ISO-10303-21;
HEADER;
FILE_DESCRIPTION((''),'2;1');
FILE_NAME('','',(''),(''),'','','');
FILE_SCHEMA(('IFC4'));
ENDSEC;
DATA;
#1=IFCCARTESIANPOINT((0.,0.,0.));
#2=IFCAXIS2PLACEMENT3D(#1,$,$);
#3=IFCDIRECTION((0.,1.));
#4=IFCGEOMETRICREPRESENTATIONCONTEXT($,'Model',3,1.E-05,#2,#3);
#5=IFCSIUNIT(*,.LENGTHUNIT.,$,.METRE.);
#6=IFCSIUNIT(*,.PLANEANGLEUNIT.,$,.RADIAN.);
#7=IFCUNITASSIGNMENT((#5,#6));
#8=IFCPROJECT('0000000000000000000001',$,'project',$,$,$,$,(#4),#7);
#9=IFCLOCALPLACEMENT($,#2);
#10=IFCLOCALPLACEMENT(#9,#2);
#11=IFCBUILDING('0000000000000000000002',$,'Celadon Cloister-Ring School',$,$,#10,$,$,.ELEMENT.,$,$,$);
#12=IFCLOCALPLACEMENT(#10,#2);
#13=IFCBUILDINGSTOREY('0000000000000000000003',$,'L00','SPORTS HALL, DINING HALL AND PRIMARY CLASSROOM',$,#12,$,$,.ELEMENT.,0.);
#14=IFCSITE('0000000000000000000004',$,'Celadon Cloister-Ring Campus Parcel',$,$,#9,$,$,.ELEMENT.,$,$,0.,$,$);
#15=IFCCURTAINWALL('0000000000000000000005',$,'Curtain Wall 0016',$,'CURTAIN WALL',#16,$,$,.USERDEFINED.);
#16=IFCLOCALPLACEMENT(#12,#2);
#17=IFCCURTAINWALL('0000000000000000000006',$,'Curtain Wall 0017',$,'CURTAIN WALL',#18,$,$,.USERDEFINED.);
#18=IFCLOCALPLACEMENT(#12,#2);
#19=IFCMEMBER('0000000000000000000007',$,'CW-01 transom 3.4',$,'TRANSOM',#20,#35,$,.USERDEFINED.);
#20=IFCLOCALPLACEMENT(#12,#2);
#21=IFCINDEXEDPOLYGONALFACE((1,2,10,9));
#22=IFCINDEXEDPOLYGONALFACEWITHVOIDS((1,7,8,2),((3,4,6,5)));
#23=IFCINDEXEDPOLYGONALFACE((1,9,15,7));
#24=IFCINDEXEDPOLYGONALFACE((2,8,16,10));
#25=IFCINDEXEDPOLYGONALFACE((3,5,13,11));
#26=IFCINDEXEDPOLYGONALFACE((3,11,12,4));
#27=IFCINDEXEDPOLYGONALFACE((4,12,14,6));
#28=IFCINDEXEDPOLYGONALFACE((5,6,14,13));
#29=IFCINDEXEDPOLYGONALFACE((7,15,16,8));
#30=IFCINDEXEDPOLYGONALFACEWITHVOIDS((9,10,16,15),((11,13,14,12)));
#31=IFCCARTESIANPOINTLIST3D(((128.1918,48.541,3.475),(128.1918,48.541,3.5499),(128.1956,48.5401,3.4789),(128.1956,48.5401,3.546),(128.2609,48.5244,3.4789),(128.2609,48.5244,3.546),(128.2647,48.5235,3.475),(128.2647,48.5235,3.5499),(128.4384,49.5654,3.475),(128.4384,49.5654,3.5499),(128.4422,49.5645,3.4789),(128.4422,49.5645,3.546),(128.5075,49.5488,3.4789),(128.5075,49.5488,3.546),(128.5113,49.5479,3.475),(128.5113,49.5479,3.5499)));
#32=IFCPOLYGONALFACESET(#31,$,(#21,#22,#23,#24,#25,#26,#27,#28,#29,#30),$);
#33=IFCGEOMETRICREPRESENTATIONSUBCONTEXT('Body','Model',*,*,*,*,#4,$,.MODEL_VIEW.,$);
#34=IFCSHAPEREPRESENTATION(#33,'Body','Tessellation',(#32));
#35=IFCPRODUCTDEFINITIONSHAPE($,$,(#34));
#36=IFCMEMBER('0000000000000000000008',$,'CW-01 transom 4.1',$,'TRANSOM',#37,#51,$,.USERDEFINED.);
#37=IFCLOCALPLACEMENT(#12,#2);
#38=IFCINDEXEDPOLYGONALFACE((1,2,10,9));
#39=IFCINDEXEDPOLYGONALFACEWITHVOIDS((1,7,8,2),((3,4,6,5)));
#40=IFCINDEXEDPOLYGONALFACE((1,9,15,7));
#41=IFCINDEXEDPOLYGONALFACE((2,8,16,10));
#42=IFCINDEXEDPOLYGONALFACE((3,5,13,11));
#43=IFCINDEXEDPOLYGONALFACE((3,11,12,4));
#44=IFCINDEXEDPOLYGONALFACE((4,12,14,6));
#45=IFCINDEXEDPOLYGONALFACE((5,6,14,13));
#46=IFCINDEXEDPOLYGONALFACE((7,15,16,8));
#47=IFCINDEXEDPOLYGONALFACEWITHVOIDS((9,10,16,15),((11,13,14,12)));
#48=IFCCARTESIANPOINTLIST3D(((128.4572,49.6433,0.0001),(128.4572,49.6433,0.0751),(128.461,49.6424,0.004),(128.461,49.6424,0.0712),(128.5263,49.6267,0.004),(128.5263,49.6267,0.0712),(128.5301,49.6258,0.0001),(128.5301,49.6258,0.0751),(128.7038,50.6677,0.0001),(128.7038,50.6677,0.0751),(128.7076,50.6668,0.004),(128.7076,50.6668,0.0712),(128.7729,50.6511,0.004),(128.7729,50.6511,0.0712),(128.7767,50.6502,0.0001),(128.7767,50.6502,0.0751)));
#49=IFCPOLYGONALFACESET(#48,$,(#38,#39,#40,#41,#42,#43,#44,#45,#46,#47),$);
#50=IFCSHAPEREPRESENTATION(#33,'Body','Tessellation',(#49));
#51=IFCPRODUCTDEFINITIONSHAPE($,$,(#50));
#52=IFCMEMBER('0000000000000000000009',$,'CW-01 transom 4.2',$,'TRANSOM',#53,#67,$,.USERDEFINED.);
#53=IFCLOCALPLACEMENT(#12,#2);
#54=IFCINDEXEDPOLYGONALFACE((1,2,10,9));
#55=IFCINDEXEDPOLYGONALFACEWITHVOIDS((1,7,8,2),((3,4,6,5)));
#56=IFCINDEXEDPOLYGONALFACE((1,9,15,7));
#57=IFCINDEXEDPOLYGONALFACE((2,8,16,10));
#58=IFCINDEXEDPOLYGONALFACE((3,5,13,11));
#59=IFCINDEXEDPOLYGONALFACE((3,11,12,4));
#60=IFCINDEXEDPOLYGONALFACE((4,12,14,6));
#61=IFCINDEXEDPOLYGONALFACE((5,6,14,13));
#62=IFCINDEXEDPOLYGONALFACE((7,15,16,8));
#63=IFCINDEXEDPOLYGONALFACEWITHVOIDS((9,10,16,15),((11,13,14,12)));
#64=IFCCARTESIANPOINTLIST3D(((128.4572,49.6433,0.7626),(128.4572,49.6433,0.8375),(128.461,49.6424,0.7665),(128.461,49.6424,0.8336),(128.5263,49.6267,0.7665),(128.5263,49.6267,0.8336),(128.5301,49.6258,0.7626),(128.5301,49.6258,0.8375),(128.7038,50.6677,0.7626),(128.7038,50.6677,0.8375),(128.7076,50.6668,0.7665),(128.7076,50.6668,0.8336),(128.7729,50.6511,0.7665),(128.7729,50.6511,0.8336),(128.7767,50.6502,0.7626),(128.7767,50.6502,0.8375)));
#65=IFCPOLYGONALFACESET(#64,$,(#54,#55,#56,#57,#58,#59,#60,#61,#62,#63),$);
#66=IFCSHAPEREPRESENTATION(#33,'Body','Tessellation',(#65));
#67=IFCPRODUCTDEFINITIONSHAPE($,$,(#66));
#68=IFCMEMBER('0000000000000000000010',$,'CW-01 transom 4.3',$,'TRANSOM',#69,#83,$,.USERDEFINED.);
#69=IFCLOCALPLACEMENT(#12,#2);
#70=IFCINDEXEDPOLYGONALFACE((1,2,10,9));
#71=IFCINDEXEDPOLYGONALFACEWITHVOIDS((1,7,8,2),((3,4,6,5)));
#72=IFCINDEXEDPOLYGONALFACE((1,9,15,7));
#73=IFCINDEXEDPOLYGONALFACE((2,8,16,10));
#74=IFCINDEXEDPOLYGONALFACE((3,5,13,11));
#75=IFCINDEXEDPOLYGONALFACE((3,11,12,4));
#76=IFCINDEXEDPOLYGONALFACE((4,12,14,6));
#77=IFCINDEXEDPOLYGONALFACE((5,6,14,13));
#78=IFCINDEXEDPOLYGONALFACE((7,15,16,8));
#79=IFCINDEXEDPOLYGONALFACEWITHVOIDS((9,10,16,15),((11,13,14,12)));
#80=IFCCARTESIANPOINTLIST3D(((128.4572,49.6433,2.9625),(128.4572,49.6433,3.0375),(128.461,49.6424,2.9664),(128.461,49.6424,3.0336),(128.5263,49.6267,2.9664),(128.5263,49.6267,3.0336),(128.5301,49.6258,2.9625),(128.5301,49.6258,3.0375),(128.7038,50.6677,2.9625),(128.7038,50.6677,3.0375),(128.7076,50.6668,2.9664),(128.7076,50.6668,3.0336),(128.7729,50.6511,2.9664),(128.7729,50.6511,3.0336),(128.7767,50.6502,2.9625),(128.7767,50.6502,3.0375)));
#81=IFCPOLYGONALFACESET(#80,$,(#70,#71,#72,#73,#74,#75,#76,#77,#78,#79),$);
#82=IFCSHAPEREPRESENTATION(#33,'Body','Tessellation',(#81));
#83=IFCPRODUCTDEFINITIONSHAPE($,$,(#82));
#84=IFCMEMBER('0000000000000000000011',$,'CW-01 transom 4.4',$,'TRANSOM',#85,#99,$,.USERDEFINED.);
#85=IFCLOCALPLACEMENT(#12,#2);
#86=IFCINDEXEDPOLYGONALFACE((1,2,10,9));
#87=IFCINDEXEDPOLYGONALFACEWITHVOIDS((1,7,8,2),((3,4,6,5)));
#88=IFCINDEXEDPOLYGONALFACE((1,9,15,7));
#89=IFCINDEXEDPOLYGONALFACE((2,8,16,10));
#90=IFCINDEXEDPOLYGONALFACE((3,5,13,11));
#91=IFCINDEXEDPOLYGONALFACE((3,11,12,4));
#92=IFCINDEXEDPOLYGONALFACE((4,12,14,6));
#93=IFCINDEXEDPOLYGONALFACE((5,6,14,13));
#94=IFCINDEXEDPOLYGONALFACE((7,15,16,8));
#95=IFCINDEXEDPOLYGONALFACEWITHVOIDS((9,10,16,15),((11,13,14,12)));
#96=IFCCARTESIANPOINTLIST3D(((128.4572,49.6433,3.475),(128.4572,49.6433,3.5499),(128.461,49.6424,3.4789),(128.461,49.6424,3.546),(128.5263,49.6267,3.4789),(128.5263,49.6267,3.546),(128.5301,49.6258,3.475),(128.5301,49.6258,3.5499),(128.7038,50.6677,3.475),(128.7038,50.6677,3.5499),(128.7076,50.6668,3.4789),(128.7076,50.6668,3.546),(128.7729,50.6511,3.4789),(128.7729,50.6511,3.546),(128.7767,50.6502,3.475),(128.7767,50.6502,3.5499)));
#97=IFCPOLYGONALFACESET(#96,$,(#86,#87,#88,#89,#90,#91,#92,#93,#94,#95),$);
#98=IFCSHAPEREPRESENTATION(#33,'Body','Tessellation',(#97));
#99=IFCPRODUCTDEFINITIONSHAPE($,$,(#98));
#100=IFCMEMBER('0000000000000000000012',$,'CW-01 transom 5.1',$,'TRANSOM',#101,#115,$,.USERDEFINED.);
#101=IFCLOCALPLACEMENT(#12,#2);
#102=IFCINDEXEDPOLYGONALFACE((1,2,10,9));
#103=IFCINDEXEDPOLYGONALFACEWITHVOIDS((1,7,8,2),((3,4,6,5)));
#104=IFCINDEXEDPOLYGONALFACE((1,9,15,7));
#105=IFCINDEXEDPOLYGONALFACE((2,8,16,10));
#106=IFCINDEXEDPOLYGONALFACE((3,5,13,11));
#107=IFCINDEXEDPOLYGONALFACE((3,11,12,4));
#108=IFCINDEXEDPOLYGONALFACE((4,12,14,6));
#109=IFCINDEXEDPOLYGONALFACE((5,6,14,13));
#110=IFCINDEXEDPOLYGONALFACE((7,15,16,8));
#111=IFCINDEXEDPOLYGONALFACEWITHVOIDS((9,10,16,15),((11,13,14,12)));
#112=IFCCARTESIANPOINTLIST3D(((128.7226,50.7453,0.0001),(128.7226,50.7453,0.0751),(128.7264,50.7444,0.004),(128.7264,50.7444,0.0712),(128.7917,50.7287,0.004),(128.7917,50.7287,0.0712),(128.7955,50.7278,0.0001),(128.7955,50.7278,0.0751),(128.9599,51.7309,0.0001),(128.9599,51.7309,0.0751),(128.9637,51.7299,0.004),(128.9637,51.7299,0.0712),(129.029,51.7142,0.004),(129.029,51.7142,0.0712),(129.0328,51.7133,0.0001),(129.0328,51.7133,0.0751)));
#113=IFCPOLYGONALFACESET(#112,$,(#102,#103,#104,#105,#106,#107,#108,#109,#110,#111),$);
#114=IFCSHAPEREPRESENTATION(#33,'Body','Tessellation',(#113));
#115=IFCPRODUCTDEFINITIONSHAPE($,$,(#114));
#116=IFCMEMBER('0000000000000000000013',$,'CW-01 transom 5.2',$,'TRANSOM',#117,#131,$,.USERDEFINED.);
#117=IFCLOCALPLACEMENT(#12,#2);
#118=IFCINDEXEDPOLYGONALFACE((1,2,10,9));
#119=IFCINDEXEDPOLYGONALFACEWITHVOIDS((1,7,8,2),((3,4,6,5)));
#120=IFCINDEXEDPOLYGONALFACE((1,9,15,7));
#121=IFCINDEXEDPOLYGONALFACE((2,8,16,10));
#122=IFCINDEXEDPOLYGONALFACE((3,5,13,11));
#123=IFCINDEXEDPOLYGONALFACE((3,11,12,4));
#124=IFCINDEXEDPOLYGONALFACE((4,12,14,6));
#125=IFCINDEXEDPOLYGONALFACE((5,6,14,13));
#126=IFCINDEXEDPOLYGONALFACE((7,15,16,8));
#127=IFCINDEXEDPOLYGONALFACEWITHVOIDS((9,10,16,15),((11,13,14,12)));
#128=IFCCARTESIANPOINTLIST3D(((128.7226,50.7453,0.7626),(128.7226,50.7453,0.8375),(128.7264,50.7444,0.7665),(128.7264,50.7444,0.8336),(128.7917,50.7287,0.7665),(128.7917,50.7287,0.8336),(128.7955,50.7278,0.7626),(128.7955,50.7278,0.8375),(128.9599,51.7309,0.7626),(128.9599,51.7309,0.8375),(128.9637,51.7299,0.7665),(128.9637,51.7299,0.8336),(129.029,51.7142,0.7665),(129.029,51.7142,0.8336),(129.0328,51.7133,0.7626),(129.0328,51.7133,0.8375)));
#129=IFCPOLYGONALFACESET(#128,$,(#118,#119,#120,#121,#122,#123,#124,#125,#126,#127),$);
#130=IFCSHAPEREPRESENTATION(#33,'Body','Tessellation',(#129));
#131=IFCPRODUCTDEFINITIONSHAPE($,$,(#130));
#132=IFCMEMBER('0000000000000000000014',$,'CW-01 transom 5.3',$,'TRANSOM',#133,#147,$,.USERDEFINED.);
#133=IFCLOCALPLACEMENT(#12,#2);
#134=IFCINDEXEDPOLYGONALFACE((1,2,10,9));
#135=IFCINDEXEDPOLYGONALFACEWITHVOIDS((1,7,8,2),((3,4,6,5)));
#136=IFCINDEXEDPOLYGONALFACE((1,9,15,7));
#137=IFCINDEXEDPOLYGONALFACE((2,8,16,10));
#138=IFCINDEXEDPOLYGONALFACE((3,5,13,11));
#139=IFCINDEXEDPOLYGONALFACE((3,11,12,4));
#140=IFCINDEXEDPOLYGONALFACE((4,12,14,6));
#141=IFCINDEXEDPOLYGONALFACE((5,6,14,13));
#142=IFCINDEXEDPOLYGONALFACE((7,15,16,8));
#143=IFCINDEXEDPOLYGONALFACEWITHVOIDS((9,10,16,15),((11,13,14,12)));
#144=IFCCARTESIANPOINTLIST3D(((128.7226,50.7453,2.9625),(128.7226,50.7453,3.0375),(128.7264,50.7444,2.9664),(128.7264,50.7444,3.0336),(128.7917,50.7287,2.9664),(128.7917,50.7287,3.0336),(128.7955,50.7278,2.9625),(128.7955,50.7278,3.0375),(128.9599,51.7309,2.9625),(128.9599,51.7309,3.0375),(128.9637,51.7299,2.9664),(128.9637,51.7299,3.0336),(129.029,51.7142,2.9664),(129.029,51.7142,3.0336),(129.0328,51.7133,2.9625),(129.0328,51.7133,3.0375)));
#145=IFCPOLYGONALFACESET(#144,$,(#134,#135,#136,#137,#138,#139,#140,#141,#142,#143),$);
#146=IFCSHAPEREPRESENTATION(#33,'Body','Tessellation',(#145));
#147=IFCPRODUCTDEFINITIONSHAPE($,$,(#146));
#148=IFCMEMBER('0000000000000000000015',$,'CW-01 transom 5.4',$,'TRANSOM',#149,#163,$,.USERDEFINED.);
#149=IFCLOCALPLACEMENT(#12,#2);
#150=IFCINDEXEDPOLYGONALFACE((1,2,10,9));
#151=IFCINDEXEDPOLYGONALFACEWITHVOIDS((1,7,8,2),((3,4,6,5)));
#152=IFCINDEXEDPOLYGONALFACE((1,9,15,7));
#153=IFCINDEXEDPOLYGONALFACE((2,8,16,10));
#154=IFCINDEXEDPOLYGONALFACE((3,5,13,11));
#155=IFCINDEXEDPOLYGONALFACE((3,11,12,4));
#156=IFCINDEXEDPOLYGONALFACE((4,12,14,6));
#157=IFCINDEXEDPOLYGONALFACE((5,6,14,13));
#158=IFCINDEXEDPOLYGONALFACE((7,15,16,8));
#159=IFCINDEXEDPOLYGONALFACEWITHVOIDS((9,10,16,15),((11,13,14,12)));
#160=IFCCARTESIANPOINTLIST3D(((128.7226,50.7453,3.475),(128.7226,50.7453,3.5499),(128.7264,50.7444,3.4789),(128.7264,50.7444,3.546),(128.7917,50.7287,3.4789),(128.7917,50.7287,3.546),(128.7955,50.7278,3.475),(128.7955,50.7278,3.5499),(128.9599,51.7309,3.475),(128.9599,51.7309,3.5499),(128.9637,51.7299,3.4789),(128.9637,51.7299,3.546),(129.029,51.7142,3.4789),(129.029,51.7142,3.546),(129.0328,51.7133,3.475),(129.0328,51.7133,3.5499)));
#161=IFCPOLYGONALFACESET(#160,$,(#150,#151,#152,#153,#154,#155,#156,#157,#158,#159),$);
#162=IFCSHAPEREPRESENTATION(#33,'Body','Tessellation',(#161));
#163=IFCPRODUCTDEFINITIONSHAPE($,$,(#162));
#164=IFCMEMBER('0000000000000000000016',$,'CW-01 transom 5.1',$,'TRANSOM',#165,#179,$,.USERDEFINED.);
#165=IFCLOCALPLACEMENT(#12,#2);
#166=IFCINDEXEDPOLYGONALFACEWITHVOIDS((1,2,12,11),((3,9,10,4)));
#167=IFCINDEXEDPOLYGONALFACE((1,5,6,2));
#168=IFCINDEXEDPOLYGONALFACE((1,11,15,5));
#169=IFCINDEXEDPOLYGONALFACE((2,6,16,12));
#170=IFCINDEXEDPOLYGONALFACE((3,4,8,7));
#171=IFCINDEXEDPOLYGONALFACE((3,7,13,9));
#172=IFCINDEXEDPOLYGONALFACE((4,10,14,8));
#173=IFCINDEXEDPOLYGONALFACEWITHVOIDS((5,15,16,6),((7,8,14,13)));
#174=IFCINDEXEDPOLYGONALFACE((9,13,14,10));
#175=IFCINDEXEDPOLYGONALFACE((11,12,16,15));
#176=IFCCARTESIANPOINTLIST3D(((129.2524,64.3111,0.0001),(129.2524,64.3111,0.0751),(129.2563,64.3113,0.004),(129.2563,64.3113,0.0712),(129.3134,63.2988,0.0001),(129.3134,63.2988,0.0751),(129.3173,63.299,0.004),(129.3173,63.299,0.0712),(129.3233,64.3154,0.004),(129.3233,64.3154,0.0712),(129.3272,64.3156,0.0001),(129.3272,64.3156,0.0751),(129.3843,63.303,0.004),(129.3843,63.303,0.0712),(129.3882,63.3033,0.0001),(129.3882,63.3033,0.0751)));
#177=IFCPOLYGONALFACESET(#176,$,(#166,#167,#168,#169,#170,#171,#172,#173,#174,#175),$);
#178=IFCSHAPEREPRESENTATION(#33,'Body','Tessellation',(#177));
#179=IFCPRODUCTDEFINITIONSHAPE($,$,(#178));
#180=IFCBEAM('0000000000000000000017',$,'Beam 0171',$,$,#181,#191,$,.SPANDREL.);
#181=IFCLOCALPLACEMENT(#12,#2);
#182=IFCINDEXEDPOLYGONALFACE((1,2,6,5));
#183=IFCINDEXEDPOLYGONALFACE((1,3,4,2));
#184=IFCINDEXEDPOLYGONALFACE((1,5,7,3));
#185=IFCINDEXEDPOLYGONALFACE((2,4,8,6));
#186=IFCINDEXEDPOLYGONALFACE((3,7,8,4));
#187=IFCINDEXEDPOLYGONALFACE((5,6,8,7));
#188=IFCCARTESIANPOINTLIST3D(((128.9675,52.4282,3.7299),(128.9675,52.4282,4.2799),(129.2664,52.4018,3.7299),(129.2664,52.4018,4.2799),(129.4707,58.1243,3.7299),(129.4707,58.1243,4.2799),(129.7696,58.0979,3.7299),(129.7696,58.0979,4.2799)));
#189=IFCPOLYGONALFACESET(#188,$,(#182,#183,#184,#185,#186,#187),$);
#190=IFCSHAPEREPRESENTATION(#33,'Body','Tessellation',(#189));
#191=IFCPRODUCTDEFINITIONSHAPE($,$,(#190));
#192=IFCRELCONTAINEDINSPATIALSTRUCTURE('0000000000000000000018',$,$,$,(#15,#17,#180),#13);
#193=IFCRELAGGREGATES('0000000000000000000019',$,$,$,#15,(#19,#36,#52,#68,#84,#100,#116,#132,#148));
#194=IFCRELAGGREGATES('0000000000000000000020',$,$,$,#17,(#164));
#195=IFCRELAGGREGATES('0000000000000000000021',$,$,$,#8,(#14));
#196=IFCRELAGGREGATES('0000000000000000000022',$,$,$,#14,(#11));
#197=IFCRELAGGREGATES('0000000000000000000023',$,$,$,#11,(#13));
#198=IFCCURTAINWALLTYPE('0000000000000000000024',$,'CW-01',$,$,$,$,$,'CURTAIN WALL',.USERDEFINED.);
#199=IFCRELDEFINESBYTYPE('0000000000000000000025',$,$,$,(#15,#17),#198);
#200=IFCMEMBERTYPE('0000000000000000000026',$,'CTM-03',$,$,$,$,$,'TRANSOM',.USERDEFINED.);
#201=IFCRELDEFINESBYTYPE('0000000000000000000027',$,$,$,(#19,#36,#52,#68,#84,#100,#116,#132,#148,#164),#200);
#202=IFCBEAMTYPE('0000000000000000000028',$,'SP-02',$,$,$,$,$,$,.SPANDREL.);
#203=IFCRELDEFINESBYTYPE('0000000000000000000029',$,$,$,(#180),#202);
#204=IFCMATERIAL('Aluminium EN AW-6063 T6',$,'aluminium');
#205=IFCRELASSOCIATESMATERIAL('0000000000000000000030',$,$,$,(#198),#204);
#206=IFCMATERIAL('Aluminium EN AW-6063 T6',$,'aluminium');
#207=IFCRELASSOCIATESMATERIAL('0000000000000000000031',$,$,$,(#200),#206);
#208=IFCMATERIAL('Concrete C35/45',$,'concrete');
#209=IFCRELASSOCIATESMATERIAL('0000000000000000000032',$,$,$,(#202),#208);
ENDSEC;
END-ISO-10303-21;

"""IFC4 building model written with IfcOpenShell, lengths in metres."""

from ifc_helpers import new_model, si_unit, direction, frame, origin, origin_2d, place, context, subcontext, project, spatial, rectangle, hollow_rectangle, extrude, material, material_profile, profile_set, type_object, element, aggregate, save


model = new_model("IFC4")

# Units and contexts
model_context = context("Model", 3, precision=1e-05, world=origin(), true_north=direction((0.0, 1.0)))
body_context = subcontext(model_context, "Body", "Model", "MODEL_VIEW")
ifc_project = project(units=[si_unit("LENGTHUNIT", "METRE"), si_unit("PLANEANGLEUNIT", "RADIAN")], contexts=[model_context])

# Site, building, storey
site_placement = place(None, origin())
site = spatial("IfcSite", under=ifc_project, at=site_placement, Name="Celadon Cloister-Ring Campus Parcel", CompositionType="ELEMENT", RefElevation=0.0)
building_placement = place(site_placement, origin())
building = spatial("IfcBuilding", under=site, at=building_placement, Name="Celadon Cloister-Ring School", CompositionType="ELEMENT")
storey_placement = place(building_placement, origin())
storey = spatial("IfcBuildingStorey", under=building, at=storey_placement, Name="L00", Description="SPORTS HALL, DINING HALL AND PRIMARY CLASSROOM", CompositionType="ELEMENT", Elevation=0.0)

# Curtain wall
ifc_material_1 = material(Name="Aluminium EN AW-6063 T6", Category="aluminium")
curtain_wall_type = type_object("IfcCurtainWallType", Name="CW-01", ElementType="CURTAIN WALL", PredefinedType="USERDEFINED", material=ifc_material_1)
curtain_wall_1_placement = place(storey_placement, origin())
curtain_wall_1 = element("IfcCurtainWall", 1, at=curtain_wall_1_placement, inside=storey, type_object=curtain_wall_type, Name="Curtain Wall 0016", ObjectType="CURTAIN WALL", PredefinedType="USERDEFINED")

# Curtain wall
curtain_wall_2_placement = place(storey_placement, origin())
curtain_wall_2 = element("IfcCurtainWall", 2, at=curtain_wall_2_placement, inside=storey, type_object=curtain_wall_type, Name="Curtain Wall 0017", ObjectType="CURTAIN WALL", PredefinedType="USERDEFINED")

# Members
ifc_material_2 = material(Name="Aluminium EN AW-6063 T6", Category="aluminium")
ifc_material_profile_1 = material_profile(ifc_material_2, hollow_rectangle(XDim=0.075, YDim=0.075, WallThickness=0.0039, at=origin_2d()), Name="RHS75X75X4")
ifc_profile_set_1 = profile_set([ifc_material_profile_1], Name="Aluminium EN AW-6063 T6")
member_type_1 = type_object("IfcMemberType", Name="CTM-03", ElementType="TRANSOM", PredefinedType="USERDEFINED", material=ifc_profile_set_1)
member_1_placement = place(storey_placement, frame((128.2283, 48.5322, 3.5125), z_axis=(0.234021, 0.972231, 0.0), x_axis=(-0.972231, 0.234021, 0.0)))
member_1 = element("IfcMember", 3, at=member_1_placement, type_object=member_type_1, Name="CW-01 transom 3.4", ObjectType="TRANSOM", PredefinedType="USERDEFINED", context=body_context, shape_type="SweptSolid", body=[
    extrude(hollow_rectangle(XDim=0.075, YDim=0.075, WallThickness=0.0039, at=origin_2d()), origin(), (0.0, 0.0, 1.0), 1.0537),
])
member_2_placement = place(storey_placement, frame((128.4937, 49.6345, 0.0376), z_axis=(0.234021, 0.972231, 0.0), x_axis=(-0.972231, 0.234021, 0.0)))
member_2 = element("IfcMember", 4, at=member_2_placement, type_object=member_type_1, Name="CW-01 transom 4.1", ObjectType="TRANSOM", PredefinedType="USERDEFINED", context=body_context, shape_type="SweptSolid", body=[
    extrude(hollow_rectangle(XDim=0.075, YDim=0.075, WallThickness=0.0039, at=origin_2d()), origin(), (0.0, 0.0, 1.0), 1.0537),
])
member_3_placement = place(storey_placement, frame((128.4937, 49.6345, 0.8), z_axis=(0.234021, 0.972231, 0.0), x_axis=(-0.972231, 0.234021, 0.0)))
member_3 = element("IfcMember", 5, at=member_3_placement, type_object=member_type_1, Name="CW-01 transom 4.2", ObjectType="TRANSOM", PredefinedType="USERDEFINED", context=body_context, shape_type="SweptSolid", body=[
    extrude(hollow_rectangle(XDim=0.075, YDim=0.075, WallThickness=0.0039, at=origin_2d()), origin(), (0.0, 0.0, 1.0), 1.0537),
])
member_4_placement = place(storey_placement, frame((128.4937, 49.6345, 3.0), z_axis=(0.234021, 0.972231, 0.0), x_axis=(-0.972231, 0.234021, 0.0)))
member_4 = element("IfcMember", 6, at=member_4_placement, type_object=member_type_1, Name="CW-01 transom 4.3", ObjectType="TRANSOM", PredefinedType="USERDEFINED", context=body_context, shape_type="SweptSolid", body=[
    extrude(hollow_rectangle(XDim=0.075, YDim=0.075, WallThickness=0.0039, at=origin_2d()), origin(), (0.0, 0.0, 1.0), 1.0537),
])
member_5_placement = place(storey_placement, frame((128.4937, 49.6345, 3.5125), z_axis=(0.234021, 0.972231, 0.0), x_axis=(-0.972231, 0.234021, 0.0)))
member_5 = element("IfcMember", 7, at=member_5_placement, type_object=member_type_1, Name="CW-01 transom 4.4", ObjectType="TRANSOM", PredefinedType="USERDEFINED", context=body_context, shape_type="SweptSolid", body=[
    extrude(hollow_rectangle(XDim=0.075, YDim=0.075, WallThickness=0.0039, at=origin_2d()), origin(), (0.0, 0.0, 1.0), 1.0537),
])
member_6_placement = place(storey_placement, frame((128.759, 50.7366, 0.0376), z_axis=(0.234083, 0.972217, 0.0), x_axis=(-0.972217, 0.234083, 0.0)))
member_6 = element("IfcMember", 8, at=member_6_placement, type_object=member_type_1, Name="CW-01 transom 5.1", ObjectType="TRANSOM", PredefinedType="USERDEFINED", context=body_context, shape_type="SweptSolid", body=[
    extrude(hollow_rectangle(XDim=0.075, YDim=0.075, WallThickness=0.0039, at=origin_2d()), origin(), (0.0, 0.0, 1.0), 1.0137),
])
member_7_placement = place(storey_placement, frame((128.759, 50.7366, 0.8), z_axis=(0.234083, 0.972217, 0.0), x_axis=(-0.972217, 0.234083, 0.0)))
member_7 = element("IfcMember", 9, at=member_7_placement, type_object=member_type_1, Name="CW-01 transom 5.2", ObjectType="TRANSOM", PredefinedType="USERDEFINED", context=body_context, shape_type="SweptSolid", body=[
    extrude(hollow_rectangle(XDim=0.075, YDim=0.075, WallThickness=0.0039, at=origin_2d()), origin(), (0.0, 0.0, 1.0), 1.0137),
])
member_8_placement = place(storey_placement, frame((128.759, 50.7366, 3.0), z_axis=(0.234083, 0.972217, 0.0), x_axis=(-0.972217, 0.234083, 0.0)))
member_8 = element("IfcMember", 10, at=member_8_placement, type_object=member_type_1, Name="CW-01 transom 5.3", ObjectType="TRANSOM", PredefinedType="USERDEFINED", context=body_context, shape_type="SweptSolid", body=[
    extrude(hollow_rectangle(XDim=0.075, YDim=0.075, WallThickness=0.0039, at=origin_2d()), origin(), (0.0, 0.0, 1.0), 1.0137),
])
member_9_placement = place(storey_placement, frame((128.759, 50.7366, 3.5125), z_axis=(0.234083, 0.972217, 0.0), x_axis=(-0.972217, 0.234083, 0.0)))
member_9 = element("IfcMember", 11, at=member_9_placement, type_object=member_type_1, Name="CW-01 transom 5.4", ObjectType="TRANSOM", PredefinedType="USERDEFINED", context=body_context, shape_type="SweptSolid", body=[
    extrude(hollow_rectangle(XDim=0.075, YDim=0.075, WallThickness=0.0039, at=origin_2d()), origin(), (0.0, 0.0, 1.0), 1.0137),
])
member_10_placement = place(storey_placement, frame((129.3508, 63.301, 0.0376), z_axis=(-0.06019, 0.998187, 0.0), x_axis=(-0.998187, -0.06019, 0.0)))
member_10 = element("IfcMember", 12, at=member_10_placement, type_object=member_type_1, Name="CW-01 transom 5.1", ObjectType="TRANSOM", PredefinedType="USERDEFINED", context=body_context, shape_type="SweptSolid", body=[
    extrude(hollow_rectangle(XDim=0.075, YDim=0.075, WallThickness=0.0039, at=origin_2d()), origin(), (0.0, 0.0, 1.0), 1.0142),
])

# Beam
ifc_material_3 = material(Name="Concrete C35/45", Category="concrete")
ifc_material_profile_2 = material_profile(ifc_material_3, rectangle(XDim=0.3, YDim=0.55, at=origin_2d()), Name="RC300X550")
ifc_profile_set_2 = profile_set([ifc_material_profile_2], Name="Concrete C35/45")
beam_type = type_object("IfcBeamType", Name="SP-02", PredefinedType="SPANDREL", material=ifc_profile_set_2)
beam_placement = place(storey_placement, frame((129.1169, 52.415, 4.0049), z_axis=(0.087995, 0.996121, 0.0), x_axis=(-0.996121, 0.087995, 0.0)))
element("IfcBeam", 13, at=beam_placement, inside=storey, type_object=beam_type, Name="Beam 0171", PredefinedType="SPANDREL", context=body_context, shape_type="SweptSolid", body=[
    extrude(rectangle(XDim=0.3, YDim=0.55, at=origin_2d()), origin(), (0.0, 0.0, 1.0), 5.7183),
])

aggregate(curtain_wall_1, [member_1, member_2, member_3, member_4, member_5, member_6, member_7, member_8, member_9])
aggregate(curtain_wall_2, [member_10])

save(model, "model.ifc")
